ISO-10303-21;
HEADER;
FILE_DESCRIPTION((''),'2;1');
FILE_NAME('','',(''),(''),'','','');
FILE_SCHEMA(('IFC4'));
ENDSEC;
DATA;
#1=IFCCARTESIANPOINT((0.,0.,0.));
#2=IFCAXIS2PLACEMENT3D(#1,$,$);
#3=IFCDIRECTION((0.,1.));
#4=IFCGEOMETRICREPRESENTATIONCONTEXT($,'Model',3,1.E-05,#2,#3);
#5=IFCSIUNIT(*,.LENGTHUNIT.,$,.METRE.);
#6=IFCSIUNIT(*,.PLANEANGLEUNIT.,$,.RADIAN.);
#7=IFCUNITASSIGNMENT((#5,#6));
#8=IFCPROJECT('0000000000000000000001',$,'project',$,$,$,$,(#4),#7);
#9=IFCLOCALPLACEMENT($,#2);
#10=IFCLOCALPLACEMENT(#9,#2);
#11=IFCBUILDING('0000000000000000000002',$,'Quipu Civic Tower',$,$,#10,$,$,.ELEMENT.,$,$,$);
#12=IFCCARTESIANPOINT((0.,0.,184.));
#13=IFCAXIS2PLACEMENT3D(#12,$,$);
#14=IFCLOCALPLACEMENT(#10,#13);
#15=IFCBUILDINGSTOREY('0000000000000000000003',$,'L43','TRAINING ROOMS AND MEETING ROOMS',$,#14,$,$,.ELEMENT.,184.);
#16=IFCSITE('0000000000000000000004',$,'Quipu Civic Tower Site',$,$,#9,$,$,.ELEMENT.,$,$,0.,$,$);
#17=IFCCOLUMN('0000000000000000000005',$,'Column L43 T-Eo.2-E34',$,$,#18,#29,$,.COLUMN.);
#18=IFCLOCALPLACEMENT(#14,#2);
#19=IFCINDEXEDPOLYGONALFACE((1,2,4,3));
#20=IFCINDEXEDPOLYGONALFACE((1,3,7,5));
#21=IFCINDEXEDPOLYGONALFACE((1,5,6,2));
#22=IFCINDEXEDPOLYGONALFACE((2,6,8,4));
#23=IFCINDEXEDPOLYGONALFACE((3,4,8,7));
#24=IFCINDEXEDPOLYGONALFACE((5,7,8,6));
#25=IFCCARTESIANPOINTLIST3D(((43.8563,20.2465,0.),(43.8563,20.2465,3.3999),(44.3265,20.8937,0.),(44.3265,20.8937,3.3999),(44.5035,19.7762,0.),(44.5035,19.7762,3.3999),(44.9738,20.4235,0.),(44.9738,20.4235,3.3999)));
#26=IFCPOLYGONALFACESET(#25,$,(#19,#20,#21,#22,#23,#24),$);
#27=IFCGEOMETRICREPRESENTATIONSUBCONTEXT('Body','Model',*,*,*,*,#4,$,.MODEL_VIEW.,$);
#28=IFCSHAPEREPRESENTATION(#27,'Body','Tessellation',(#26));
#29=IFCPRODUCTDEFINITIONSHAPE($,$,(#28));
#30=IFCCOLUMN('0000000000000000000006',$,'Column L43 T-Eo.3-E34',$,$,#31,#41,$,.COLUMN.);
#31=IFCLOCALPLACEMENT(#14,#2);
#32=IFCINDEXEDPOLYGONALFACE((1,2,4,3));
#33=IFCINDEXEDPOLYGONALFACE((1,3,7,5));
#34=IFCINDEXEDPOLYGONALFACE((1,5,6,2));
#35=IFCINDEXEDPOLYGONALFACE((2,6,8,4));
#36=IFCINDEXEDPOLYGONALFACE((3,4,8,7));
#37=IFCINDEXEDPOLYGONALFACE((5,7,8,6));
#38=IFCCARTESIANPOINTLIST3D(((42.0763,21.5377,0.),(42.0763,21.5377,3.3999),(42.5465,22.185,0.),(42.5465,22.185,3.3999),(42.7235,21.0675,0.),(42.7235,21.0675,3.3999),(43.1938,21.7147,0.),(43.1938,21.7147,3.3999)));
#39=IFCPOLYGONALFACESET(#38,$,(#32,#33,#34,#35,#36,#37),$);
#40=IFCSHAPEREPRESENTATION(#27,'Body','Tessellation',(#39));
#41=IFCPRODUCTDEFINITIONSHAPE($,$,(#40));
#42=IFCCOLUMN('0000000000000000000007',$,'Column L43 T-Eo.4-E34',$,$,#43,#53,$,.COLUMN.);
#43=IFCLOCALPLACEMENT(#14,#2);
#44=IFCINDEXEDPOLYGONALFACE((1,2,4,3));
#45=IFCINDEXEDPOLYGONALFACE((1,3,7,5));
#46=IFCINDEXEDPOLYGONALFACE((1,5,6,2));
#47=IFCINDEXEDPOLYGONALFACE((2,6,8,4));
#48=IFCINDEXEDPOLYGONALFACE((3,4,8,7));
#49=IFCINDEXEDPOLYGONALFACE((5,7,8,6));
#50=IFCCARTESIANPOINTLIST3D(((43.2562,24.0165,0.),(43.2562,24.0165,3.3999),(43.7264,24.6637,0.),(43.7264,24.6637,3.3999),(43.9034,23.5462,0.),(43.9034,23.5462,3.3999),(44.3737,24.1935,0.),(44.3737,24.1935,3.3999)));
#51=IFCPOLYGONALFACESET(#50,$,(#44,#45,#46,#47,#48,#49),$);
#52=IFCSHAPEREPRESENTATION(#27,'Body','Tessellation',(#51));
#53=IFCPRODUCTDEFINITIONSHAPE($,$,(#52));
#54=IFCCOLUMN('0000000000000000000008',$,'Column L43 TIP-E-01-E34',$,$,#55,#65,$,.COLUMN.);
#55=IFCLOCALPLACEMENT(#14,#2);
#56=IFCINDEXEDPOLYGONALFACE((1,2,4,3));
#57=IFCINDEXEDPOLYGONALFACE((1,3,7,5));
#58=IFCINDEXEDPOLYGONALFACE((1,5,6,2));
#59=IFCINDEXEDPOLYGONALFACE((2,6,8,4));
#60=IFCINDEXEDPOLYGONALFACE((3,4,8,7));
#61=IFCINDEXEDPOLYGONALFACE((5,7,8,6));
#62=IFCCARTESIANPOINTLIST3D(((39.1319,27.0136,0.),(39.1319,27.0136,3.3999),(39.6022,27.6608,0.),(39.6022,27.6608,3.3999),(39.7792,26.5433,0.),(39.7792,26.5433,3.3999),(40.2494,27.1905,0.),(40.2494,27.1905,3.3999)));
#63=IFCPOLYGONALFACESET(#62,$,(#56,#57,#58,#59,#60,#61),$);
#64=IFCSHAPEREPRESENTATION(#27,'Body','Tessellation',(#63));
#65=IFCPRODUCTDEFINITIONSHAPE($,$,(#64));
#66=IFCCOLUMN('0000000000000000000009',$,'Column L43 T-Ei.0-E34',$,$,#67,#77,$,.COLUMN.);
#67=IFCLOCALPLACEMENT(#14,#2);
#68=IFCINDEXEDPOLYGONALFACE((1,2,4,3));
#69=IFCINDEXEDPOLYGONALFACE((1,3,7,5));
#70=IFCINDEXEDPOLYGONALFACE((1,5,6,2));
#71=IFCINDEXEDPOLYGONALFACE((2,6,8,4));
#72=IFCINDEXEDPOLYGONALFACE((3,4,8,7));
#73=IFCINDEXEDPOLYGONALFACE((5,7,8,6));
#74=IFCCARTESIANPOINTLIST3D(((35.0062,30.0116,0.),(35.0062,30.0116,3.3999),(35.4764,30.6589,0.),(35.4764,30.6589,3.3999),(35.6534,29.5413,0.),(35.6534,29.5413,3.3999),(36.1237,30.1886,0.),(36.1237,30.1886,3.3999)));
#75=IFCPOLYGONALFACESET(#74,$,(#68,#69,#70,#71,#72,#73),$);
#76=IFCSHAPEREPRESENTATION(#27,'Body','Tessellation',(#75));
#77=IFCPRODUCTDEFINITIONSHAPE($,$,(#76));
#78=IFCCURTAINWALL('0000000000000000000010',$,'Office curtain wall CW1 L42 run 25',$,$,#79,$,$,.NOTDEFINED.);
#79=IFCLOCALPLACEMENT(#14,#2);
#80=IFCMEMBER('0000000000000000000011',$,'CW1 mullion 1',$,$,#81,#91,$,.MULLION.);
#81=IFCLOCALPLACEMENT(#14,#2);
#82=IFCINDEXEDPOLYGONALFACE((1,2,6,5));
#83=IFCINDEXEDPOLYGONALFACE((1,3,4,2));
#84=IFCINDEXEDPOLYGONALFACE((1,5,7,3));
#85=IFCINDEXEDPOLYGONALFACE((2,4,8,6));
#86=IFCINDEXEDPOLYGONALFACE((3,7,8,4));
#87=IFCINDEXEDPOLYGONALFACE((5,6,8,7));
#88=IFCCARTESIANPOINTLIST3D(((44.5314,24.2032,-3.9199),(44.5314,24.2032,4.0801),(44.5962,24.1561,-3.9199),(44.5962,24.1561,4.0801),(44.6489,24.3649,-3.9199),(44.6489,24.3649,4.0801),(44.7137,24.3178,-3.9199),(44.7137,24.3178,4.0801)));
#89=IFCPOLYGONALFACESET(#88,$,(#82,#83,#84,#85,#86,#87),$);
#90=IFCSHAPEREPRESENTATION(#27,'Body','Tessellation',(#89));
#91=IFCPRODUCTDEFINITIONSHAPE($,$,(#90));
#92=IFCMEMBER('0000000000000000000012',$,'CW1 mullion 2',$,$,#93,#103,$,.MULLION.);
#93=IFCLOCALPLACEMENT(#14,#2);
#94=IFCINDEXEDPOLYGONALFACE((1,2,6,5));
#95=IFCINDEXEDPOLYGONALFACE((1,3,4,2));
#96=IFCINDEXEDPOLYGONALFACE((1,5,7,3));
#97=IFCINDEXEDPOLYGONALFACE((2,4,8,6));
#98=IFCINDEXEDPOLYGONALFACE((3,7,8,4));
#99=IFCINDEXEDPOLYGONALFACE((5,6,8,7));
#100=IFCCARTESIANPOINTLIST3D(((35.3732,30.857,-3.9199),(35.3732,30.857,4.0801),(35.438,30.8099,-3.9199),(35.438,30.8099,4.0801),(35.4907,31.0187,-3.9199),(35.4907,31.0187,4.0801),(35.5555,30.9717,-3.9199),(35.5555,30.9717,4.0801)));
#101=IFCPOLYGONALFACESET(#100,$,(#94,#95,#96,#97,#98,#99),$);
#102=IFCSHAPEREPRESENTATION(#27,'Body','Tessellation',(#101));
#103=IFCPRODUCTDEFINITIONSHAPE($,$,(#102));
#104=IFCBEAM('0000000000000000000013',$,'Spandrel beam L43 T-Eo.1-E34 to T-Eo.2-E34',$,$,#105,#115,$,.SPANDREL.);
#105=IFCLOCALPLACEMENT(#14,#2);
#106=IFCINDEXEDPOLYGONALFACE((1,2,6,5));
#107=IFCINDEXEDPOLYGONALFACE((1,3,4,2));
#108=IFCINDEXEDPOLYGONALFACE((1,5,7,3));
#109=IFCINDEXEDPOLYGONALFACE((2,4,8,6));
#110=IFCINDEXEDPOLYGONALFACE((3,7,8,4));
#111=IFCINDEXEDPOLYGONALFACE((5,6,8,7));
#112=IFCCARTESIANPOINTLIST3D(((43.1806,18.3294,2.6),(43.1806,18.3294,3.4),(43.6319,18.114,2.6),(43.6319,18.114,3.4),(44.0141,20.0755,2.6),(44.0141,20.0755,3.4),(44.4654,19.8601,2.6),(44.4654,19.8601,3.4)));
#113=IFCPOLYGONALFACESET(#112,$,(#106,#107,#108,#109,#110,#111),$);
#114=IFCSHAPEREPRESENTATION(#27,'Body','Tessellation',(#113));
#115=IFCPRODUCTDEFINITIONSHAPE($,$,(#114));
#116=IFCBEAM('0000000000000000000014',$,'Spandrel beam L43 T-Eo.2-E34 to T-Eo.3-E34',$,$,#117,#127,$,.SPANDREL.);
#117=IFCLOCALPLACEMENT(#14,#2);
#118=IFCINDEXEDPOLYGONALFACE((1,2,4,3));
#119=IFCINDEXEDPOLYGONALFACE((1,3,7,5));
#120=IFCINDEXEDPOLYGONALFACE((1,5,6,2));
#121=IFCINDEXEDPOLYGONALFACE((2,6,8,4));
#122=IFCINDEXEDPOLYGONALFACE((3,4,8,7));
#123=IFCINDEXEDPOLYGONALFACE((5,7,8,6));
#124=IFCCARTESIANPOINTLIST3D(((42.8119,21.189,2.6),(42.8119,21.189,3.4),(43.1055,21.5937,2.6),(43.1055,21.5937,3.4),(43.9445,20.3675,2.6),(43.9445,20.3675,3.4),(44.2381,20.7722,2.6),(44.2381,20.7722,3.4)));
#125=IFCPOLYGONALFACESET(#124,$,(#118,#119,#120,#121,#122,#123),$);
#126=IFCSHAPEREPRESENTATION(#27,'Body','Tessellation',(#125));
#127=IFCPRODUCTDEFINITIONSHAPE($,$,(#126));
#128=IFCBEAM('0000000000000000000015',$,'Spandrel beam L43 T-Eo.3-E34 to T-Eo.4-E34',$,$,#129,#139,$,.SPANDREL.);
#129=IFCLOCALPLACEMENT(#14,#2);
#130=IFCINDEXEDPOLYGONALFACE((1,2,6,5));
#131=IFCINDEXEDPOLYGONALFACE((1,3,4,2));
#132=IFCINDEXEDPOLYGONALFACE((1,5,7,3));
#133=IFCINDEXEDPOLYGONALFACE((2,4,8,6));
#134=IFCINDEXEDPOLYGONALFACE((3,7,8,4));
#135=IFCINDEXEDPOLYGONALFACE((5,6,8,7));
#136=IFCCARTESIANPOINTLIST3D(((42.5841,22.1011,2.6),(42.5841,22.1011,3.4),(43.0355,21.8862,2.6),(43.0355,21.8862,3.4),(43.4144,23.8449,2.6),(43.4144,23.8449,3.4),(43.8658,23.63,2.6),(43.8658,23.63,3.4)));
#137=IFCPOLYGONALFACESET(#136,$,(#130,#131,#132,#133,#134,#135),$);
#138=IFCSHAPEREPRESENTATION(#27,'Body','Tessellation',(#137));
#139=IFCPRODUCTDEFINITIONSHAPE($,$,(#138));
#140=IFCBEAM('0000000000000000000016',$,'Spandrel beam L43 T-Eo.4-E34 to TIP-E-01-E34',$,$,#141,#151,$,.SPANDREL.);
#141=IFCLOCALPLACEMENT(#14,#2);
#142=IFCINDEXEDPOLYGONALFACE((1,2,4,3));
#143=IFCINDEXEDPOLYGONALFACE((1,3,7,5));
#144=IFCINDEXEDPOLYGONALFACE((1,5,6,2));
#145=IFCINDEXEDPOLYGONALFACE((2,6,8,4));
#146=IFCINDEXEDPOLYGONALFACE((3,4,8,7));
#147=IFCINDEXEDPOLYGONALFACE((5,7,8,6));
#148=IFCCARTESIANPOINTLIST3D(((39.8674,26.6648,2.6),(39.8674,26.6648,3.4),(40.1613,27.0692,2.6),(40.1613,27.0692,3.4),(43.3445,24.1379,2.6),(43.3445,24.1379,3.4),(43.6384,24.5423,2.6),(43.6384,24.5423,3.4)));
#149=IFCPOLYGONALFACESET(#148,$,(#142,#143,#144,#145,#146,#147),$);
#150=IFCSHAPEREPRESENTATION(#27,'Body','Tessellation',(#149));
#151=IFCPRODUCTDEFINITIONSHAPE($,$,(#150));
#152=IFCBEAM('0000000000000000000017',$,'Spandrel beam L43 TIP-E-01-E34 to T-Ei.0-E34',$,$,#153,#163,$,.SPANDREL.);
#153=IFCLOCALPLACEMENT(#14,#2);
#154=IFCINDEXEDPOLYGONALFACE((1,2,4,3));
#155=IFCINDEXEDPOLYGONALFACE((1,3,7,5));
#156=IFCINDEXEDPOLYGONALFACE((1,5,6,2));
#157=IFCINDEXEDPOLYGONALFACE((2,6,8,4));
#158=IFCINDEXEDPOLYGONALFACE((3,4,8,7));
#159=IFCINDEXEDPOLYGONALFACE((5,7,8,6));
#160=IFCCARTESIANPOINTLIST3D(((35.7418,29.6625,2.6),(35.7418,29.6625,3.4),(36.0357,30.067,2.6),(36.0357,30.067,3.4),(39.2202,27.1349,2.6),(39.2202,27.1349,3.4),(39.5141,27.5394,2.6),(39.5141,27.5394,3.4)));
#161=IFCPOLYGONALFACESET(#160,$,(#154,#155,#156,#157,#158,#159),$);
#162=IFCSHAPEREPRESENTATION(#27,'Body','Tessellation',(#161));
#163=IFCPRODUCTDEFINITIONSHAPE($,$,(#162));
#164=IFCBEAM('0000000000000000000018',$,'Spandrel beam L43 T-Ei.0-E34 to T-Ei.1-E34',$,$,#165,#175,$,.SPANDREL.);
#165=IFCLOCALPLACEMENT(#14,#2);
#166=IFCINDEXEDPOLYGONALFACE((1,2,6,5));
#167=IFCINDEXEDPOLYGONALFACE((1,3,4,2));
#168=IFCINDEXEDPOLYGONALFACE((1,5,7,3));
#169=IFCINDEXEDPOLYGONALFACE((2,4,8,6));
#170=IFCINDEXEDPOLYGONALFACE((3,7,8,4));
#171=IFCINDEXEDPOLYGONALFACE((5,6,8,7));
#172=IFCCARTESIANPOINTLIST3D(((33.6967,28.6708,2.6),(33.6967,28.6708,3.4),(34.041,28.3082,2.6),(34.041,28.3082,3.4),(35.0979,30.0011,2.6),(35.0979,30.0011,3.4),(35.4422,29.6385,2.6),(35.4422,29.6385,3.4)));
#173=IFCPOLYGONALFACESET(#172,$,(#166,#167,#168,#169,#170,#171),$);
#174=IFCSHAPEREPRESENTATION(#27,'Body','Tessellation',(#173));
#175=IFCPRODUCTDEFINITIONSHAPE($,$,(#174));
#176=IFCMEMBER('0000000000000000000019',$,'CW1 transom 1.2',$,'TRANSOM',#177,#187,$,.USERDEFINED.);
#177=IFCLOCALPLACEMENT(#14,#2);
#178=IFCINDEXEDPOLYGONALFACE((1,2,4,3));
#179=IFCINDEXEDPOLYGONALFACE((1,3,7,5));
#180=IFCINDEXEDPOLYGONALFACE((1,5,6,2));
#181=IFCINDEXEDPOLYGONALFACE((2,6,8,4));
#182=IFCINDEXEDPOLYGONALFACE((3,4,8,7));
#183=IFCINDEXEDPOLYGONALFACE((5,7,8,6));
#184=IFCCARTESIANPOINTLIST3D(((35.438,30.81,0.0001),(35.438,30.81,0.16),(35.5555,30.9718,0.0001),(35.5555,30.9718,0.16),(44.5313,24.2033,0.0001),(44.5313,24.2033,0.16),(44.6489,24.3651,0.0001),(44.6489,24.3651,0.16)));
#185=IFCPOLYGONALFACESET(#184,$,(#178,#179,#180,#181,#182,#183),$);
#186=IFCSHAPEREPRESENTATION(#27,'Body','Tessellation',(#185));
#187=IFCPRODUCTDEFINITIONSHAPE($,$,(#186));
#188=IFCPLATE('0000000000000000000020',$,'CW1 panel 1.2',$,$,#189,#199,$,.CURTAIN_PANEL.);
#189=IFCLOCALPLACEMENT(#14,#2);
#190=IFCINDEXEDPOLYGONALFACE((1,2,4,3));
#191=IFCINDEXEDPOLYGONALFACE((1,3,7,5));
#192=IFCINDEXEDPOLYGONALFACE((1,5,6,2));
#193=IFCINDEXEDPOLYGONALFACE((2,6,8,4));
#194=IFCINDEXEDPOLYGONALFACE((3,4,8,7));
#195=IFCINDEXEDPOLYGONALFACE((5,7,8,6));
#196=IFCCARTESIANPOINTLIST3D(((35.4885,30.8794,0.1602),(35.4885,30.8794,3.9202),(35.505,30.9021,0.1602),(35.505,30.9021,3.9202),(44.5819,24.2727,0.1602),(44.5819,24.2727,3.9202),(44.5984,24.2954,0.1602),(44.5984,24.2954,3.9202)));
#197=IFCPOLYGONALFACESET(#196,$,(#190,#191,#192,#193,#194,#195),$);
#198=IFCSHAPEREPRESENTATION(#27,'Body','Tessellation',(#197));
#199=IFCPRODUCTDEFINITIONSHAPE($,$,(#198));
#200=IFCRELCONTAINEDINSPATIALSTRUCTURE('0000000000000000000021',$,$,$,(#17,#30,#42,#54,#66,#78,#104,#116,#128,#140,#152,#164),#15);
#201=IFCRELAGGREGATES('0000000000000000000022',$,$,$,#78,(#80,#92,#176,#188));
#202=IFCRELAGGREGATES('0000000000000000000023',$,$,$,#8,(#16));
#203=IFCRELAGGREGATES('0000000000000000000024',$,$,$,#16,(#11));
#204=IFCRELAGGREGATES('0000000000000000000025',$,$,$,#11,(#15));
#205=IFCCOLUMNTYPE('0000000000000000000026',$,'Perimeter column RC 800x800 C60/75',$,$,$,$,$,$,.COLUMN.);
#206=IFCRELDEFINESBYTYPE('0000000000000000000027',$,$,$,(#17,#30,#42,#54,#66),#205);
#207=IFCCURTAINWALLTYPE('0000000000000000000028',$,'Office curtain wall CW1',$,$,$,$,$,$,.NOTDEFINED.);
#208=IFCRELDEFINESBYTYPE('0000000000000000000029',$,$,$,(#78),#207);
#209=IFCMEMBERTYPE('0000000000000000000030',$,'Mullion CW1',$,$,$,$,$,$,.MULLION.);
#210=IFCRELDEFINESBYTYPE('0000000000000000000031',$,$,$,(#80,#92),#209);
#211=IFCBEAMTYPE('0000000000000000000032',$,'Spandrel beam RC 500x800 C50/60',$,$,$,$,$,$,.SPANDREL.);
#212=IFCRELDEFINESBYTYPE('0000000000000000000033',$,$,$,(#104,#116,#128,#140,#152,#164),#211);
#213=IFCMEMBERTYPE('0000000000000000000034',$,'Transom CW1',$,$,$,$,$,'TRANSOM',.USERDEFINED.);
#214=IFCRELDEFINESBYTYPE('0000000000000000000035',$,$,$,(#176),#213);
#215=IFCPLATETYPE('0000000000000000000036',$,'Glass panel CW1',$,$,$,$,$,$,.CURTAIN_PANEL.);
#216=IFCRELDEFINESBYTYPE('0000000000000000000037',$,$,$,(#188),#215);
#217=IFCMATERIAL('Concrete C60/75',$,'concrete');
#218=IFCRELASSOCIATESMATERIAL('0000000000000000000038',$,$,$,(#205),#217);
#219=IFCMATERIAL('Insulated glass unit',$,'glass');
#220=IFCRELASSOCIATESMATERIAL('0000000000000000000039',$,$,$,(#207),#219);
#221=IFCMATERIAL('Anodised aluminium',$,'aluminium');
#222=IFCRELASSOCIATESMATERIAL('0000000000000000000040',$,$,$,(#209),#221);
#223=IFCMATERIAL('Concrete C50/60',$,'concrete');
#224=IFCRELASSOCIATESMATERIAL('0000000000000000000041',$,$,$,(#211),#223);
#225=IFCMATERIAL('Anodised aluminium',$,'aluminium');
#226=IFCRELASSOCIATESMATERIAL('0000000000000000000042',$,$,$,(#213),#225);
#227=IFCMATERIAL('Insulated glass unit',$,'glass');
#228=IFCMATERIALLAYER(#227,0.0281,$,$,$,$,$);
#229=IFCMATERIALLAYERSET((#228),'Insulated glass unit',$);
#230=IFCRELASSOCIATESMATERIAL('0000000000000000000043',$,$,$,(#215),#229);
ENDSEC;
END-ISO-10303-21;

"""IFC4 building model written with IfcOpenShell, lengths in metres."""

from ifc_helpers import new_model, si_unit, direction, frame, origin, origin_2d, place, context, subcontext, project, spatial, rectangle, extrude, material, layer, layer_set, material_profile, profile_set, type_object, element, aggregate, save


model = new_model("IFC4")

# Units and contexts
model_context = context("Model", 3, precision=1e-05, world=origin(), true_north=direction((0.0, 1.0)))
body_context = subcontext(model_context, "Body", "Model", "MODEL_VIEW")
ifc_project = project(units=[si_unit("LENGTHUNIT", "METRE"), si_unit("PLANEANGLEUNIT", "RADIAN")], contexts=[model_context])

# Site, building, storey
site_placement = place(None, origin())
site = spatial("IfcSite", under=ifc_project, at=site_placement, Name="Quipu Civic Tower Site", CompositionType="ELEMENT", RefElevation=0.0)
building_placement = place(site_placement, origin())
building = spatial("IfcBuilding", under=site, at=building_placement, Name="Quipu Civic Tower", CompositionType="ELEMENT")
storey_placement = place(building_placement, frame((0.0, 0.0, 184.0)))
storey = spatial("IfcBuildingStorey", under=building, at=storey_placement, Name="L43", Description="TRAINING ROOMS AND MEETING ROOMS", CompositionType="ELEMENT", Elevation=184.0)

# Columns
ifc_material_1 = material(Name="Concrete C60/75", Category="concrete")
ifc_material_profile_1 = material_profile(ifc_material_1, rectangle(XDim=0.8, YDim=0.8, at=origin_2d()), Name="RC800x800")
ifc_profile_set_1 = profile_set([ifc_material_profile_1], Name="Concrete C60/75")
column_type = type_object("IfcColumnType", Name="Perimeter column RC 800x800 C60/75", PredefinedType="COLUMN", material=ifc_profile_set_1)
for number, where, z_axis, x_axis, name in (
    (1, (44.415, 20.335, 0.0), (0.0, 0.0, 1.0), (0.587785, 0.809017, 0.0), "Column L43 T-Eo.2-E34"),
    (2, (42.635, 21.6262, 0.0), (0.0, 0.0, 1.0), (-0.809017, 0.587785, 0.0), "Column L43 T-Eo.3-E34"),
    (3, (43.8149, 24.105, 0.0), (0.0, 0.0, 1.0), (-0.809017, 0.587785, 0.0), "Column L43 T-Eo.4-E34"),
    (4, (39.6907, 27.1021, 0.0), (0.0, 0.0, 1.0), (-0.809017, 0.587785, 0.0), "Column L43 TIP-E-01-E34"),
    (5, (35.5649, 30.1001, 0.0), (0.0, 0.0, 1.0), (-0.587785, -0.809017, 0.0), "Column L43 T-Ei.0-E34"),
):
    element("IfcColumn", number, at=place(storey_placement, frame(where, z_axis=z_axis, x_axis=x_axis)), inside=storey, type_object=column_type, Name=name, PredefinedType="COLUMN", context=body_context, shape_type="SweptSolid", body=[
        extrude(rectangle(XDim=0.8, YDim=0.8, at=origin_2d()), origin(), (0.0, 0.0, 1.0), 3.3999),
    ])

# Curtain wall, members
ifc_material_2 = material(Name="Insulated glass unit", Category="glass")
curtain_wall_type = type_object("IfcCurtainWallType", Name="Office curtain wall CW1", PredefinedType="NOTDEFINED", material=ifc_material_2)
curtain_wall_placement = place(storey_placement, origin())
curtain_wall = element("IfcCurtainWall", 6, at=curtain_wall_placement, inside=storey, type_object=curtain_wall_type, Name="Office curtain wall CW1 L42 run 25", PredefinedType="NOTDEFINED")
ifc_material_3 = material(Name="Anodised aluminium", Category="aluminium")
ifc_material_profile_2 = material_profile(ifc_material_3, rectangle(XDim=0.2, YDim=0.0801, at=origin_2d()), Name="RECT 200x80")
ifc_profile_set_2 = profile_set([ifc_material_profile_2], Name="Anodised aluminium")
member_type_1 = type_object("IfcMemberType", Name="Mullion CW1", PredefinedType="MULLION", material=ifc_profile_set_2)
member_1_placement = place(storey_placement, frame((44.6226, 24.2605, -3.9199), z_axis=(0.0, 0.0, 1.0), x_axis=(-0.587788, -0.809015, 0.0)))
member_1 = element("IfcMember", 7, at=member_1_placement, type_object=member_type_1, Name="CW1 mullion 1", PredefinedType="MULLION", context=body_context, shape_type="SweptSolid", body=[
    extrude(rectangle(XDim=0.2, YDim=0.0801, at=origin_2d()), origin(), (0.0, 0.0, 1.0), 8.0),
])
member_2_placement = place(storey_placement, frame((35.4644, 30.9143, -3.9199), z_axis=(0.0, 0.0, 1.0), x_axis=(-0.587788, -0.809015, 0.0)))
member_2 = element("IfcMember", 8, at=member_2_placement, type_object=member_type_1, Name="CW1 mullion 2", PredefinedType="MULLION", context=body_context, shape_type="SweptSolid", body=[
    extrude(rectangle(XDim=0.2, YDim=0.0801, at=origin_2d()), origin(), (0.0, 0.0, 1.0), 8.0),
])

# Beams
ifc_material_4 = material(Name="Concrete C50/60", Category="concrete")
ifc_material_profile_3 = material_profile(ifc_material_4, rectangle(XDim=0.5, YDim=0.8, at=origin_2d()), Name="RC500x800")
ifc_profile_set_3 = profile_set([ifc_material_profile_3], Name="Concrete C50/60")
beam_type = type_object("IfcBeamType", Name="Spandrel beam RC 500x800 C50/60", PredefinedType="SPANDREL", material=ifc_profile_set_3)
beam_1_placement = place(storey_placement, frame((43.4062, 18.2217, 3.0), z_axis=(0.430786, 0.902454, 0.0), x_axis=(-0.902454, 0.430786, 0.0)))
element("IfcBeam", 9, at=beam_1_placement, inside=storey, type_object=beam_type, Name="Spandrel beam L43 T-Eo.1-E34 to T-Eo.2-E34", PredefinedType="SPANDREL", context=body_context, shape_type="SweptSolid", body=[
    extrude(rectangle(XDim=0.5, YDim=0.8, at=origin_2d()), origin(), (0.0, 0.0, 1.0), 1.9348),
])
beam_2_placement = place(storey_placement, frame((44.0913, 20.5698, 3.0), z_axis=(-0.809467, 0.587165, 0.0), x_axis=(-0.587165, -0.809467, 0.0)))
element("IfcBeam", 10, at=beam_2_placement, inside=storey, type_object=beam_type, Name="Spandrel beam L43 T-Eo.2-E34 to T-Eo.3-E34", PredefinedType="SPANDREL", context=body_context, shape_type="SweptSolid", body=[
    extrude(rectangle(XDim=0.5, YDim=0.8, at=origin_2d()), origin(), (0.0, 0.0, 1.0), 1.3992),
])
beam_3_placement = place(storey_placement, frame((42.8098, 21.9937, 3.0), z_axis=(0.429889, 0.902882, 0.0), x_axis=(-0.902882, 0.429889, 0.0)))
element("IfcBeam", 11, at=beam_3_placement, inside=storey, type_object=beam_type, Name="Spandrel beam L43 T-Eo.3-E34 to T-Eo.4-E34", PredefinedType="SPANDREL", context=body_context, shape_type="SweptSolid", body=[
    extrude(rectangle(XDim=0.5, YDim=0.8, at=origin_2d()), origin(), (0.0, 0.0, 1.0), 1.9314),
])
beam_4_placement = place(storey_placement, frame((43.4915, 24.3401, 3.0), z_axis=(-0.808947, 0.587881, 0.0), x_axis=(-0.587881, -0.808947, 0.0)))
element("IfcBeam", 12, at=beam_4_placement, inside=storey, type_object=beam_type, Name="Spandrel beam L43 T-Eo.4-E34 to TIP-E-01-E34", PredefinedType="SPANDREL", context=body_context, shape_type="SweptSolid", body=[
    extrude(rectangle(XDim=0.5, YDim=0.8, at=origin_2d()), origin(), (0.0, 0.0, 1.0), 4.2983),
])
beam_5_placement = place(storey_placement, frame((39.3672, 27.3372, 3.0), z_axis=(-0.808984, 0.587831, 0.0), x_axis=(-0.587831, -0.808984, 0.0)))
element("IfcBeam", 13, at=beam_5_placement, inside=storey, type_object=beam_type, Name="Spandrel beam L43 TIP-E-01-E34 to T-Ei.0-E34", PredefinedType="SPANDREL", context=body_context, shape_type="SweptSolid", body=[
    extrude(rectangle(XDim=0.5, YDim=0.8, at=origin_2d()), origin(), (0.0, 0.0, 1.0), 4.2998),
])
beam_6_placement = place(storey_placement, frame((35.27, 29.8198, 3.0), z_axis=(-0.725192, -0.688547, 0.0), x_axis=(0.688547, -0.725192, 0.0)))
element("IfcBeam", 14, at=beam_6_placement, inside=storey, type_object=beam_type, Name="Spandrel beam L43 T-Ei.0-E34 to T-Ei.1-E34", PredefinedType="SPANDREL", context=body_context, shape_type="SweptSolid", body=[
    extrude(rectangle(XDim=0.5, YDim=0.8, at=origin_2d()), origin(), (0.0, 0.0, 1.0), 1.9321),
])

# Member
ifc_material_5 = material(Name="Anodised aluminium", Category="aluminium")
ifc_material_profile_4 = material_profile(ifc_material_5, rectangle(XDim=0.2, YDim=0.1599, at=origin_2d()), Name="RECT 200x160")
ifc_profile_set_4 = profile_set([ifc_material_profile_4], Name="Anodised aluminium")
member_type_2 = type_object("IfcMemberType", Name="Transom CW1", ElementType="TRANSOM", PredefinedType="USERDEFINED", material=ifc_profile_set_4)
member_3_placement = place(storey_placement, frame((44.5901, 24.2842, 0.0801), z_axis=(-0.809015, 0.587788, 0.0), x_axis=(-0.587788, -0.809015, 0.0)))
member_3 = element("IfcMember", 15, at=member_3_placement, type_object=member_type_2, Name="CW1 transom 1.2", ObjectType="TRANSOM", PredefinedType="USERDEFINED", context=body_context, shape_type="SweptSolid", body=[
    extrude(rectangle(XDim=0.2, YDim=0.1599, at=origin_2d()), origin(), (0.0, 0.0, 1.0), 11.24),
])

# Plate
ifc_material_6 = material(Name="Insulated glass unit", Category="glass")
ifc_layer = layer(ifc_material_6, 0.0281)
ifc_layer_set = layer_set([ifc_layer], Name="Insulated glass unit")
plate_type_1 = type_object("IfcPlateType", Name="Glass panel CW1", PredefinedType="CURTAIN_PANEL", material=ifc_layer_set)
plate_placement = place(storey_placement, frame((40.0435, 27.5874, 0.1602), z_axis=(0.0, 0.0, 1.0), x_axis=(-0.809015, 0.587788, 0.0)))
plate = element("IfcPlate", 16, at=plate_placement, type_object=plate_type_1, Name="CW1 panel 1.2", PredefinedType="CURTAIN_PANEL", context=body_context, shape_type="SweptSolid", body=[
    extrude(rectangle(XDim=11.24, YDim=0.0281, at=origin_2d()), origin(), (0.0, 0.0, 1.0), 3.76),
])
aggregate(curtain_wall, [member_1, member_2, member_3, plate])

save(model, "model.ifc")
